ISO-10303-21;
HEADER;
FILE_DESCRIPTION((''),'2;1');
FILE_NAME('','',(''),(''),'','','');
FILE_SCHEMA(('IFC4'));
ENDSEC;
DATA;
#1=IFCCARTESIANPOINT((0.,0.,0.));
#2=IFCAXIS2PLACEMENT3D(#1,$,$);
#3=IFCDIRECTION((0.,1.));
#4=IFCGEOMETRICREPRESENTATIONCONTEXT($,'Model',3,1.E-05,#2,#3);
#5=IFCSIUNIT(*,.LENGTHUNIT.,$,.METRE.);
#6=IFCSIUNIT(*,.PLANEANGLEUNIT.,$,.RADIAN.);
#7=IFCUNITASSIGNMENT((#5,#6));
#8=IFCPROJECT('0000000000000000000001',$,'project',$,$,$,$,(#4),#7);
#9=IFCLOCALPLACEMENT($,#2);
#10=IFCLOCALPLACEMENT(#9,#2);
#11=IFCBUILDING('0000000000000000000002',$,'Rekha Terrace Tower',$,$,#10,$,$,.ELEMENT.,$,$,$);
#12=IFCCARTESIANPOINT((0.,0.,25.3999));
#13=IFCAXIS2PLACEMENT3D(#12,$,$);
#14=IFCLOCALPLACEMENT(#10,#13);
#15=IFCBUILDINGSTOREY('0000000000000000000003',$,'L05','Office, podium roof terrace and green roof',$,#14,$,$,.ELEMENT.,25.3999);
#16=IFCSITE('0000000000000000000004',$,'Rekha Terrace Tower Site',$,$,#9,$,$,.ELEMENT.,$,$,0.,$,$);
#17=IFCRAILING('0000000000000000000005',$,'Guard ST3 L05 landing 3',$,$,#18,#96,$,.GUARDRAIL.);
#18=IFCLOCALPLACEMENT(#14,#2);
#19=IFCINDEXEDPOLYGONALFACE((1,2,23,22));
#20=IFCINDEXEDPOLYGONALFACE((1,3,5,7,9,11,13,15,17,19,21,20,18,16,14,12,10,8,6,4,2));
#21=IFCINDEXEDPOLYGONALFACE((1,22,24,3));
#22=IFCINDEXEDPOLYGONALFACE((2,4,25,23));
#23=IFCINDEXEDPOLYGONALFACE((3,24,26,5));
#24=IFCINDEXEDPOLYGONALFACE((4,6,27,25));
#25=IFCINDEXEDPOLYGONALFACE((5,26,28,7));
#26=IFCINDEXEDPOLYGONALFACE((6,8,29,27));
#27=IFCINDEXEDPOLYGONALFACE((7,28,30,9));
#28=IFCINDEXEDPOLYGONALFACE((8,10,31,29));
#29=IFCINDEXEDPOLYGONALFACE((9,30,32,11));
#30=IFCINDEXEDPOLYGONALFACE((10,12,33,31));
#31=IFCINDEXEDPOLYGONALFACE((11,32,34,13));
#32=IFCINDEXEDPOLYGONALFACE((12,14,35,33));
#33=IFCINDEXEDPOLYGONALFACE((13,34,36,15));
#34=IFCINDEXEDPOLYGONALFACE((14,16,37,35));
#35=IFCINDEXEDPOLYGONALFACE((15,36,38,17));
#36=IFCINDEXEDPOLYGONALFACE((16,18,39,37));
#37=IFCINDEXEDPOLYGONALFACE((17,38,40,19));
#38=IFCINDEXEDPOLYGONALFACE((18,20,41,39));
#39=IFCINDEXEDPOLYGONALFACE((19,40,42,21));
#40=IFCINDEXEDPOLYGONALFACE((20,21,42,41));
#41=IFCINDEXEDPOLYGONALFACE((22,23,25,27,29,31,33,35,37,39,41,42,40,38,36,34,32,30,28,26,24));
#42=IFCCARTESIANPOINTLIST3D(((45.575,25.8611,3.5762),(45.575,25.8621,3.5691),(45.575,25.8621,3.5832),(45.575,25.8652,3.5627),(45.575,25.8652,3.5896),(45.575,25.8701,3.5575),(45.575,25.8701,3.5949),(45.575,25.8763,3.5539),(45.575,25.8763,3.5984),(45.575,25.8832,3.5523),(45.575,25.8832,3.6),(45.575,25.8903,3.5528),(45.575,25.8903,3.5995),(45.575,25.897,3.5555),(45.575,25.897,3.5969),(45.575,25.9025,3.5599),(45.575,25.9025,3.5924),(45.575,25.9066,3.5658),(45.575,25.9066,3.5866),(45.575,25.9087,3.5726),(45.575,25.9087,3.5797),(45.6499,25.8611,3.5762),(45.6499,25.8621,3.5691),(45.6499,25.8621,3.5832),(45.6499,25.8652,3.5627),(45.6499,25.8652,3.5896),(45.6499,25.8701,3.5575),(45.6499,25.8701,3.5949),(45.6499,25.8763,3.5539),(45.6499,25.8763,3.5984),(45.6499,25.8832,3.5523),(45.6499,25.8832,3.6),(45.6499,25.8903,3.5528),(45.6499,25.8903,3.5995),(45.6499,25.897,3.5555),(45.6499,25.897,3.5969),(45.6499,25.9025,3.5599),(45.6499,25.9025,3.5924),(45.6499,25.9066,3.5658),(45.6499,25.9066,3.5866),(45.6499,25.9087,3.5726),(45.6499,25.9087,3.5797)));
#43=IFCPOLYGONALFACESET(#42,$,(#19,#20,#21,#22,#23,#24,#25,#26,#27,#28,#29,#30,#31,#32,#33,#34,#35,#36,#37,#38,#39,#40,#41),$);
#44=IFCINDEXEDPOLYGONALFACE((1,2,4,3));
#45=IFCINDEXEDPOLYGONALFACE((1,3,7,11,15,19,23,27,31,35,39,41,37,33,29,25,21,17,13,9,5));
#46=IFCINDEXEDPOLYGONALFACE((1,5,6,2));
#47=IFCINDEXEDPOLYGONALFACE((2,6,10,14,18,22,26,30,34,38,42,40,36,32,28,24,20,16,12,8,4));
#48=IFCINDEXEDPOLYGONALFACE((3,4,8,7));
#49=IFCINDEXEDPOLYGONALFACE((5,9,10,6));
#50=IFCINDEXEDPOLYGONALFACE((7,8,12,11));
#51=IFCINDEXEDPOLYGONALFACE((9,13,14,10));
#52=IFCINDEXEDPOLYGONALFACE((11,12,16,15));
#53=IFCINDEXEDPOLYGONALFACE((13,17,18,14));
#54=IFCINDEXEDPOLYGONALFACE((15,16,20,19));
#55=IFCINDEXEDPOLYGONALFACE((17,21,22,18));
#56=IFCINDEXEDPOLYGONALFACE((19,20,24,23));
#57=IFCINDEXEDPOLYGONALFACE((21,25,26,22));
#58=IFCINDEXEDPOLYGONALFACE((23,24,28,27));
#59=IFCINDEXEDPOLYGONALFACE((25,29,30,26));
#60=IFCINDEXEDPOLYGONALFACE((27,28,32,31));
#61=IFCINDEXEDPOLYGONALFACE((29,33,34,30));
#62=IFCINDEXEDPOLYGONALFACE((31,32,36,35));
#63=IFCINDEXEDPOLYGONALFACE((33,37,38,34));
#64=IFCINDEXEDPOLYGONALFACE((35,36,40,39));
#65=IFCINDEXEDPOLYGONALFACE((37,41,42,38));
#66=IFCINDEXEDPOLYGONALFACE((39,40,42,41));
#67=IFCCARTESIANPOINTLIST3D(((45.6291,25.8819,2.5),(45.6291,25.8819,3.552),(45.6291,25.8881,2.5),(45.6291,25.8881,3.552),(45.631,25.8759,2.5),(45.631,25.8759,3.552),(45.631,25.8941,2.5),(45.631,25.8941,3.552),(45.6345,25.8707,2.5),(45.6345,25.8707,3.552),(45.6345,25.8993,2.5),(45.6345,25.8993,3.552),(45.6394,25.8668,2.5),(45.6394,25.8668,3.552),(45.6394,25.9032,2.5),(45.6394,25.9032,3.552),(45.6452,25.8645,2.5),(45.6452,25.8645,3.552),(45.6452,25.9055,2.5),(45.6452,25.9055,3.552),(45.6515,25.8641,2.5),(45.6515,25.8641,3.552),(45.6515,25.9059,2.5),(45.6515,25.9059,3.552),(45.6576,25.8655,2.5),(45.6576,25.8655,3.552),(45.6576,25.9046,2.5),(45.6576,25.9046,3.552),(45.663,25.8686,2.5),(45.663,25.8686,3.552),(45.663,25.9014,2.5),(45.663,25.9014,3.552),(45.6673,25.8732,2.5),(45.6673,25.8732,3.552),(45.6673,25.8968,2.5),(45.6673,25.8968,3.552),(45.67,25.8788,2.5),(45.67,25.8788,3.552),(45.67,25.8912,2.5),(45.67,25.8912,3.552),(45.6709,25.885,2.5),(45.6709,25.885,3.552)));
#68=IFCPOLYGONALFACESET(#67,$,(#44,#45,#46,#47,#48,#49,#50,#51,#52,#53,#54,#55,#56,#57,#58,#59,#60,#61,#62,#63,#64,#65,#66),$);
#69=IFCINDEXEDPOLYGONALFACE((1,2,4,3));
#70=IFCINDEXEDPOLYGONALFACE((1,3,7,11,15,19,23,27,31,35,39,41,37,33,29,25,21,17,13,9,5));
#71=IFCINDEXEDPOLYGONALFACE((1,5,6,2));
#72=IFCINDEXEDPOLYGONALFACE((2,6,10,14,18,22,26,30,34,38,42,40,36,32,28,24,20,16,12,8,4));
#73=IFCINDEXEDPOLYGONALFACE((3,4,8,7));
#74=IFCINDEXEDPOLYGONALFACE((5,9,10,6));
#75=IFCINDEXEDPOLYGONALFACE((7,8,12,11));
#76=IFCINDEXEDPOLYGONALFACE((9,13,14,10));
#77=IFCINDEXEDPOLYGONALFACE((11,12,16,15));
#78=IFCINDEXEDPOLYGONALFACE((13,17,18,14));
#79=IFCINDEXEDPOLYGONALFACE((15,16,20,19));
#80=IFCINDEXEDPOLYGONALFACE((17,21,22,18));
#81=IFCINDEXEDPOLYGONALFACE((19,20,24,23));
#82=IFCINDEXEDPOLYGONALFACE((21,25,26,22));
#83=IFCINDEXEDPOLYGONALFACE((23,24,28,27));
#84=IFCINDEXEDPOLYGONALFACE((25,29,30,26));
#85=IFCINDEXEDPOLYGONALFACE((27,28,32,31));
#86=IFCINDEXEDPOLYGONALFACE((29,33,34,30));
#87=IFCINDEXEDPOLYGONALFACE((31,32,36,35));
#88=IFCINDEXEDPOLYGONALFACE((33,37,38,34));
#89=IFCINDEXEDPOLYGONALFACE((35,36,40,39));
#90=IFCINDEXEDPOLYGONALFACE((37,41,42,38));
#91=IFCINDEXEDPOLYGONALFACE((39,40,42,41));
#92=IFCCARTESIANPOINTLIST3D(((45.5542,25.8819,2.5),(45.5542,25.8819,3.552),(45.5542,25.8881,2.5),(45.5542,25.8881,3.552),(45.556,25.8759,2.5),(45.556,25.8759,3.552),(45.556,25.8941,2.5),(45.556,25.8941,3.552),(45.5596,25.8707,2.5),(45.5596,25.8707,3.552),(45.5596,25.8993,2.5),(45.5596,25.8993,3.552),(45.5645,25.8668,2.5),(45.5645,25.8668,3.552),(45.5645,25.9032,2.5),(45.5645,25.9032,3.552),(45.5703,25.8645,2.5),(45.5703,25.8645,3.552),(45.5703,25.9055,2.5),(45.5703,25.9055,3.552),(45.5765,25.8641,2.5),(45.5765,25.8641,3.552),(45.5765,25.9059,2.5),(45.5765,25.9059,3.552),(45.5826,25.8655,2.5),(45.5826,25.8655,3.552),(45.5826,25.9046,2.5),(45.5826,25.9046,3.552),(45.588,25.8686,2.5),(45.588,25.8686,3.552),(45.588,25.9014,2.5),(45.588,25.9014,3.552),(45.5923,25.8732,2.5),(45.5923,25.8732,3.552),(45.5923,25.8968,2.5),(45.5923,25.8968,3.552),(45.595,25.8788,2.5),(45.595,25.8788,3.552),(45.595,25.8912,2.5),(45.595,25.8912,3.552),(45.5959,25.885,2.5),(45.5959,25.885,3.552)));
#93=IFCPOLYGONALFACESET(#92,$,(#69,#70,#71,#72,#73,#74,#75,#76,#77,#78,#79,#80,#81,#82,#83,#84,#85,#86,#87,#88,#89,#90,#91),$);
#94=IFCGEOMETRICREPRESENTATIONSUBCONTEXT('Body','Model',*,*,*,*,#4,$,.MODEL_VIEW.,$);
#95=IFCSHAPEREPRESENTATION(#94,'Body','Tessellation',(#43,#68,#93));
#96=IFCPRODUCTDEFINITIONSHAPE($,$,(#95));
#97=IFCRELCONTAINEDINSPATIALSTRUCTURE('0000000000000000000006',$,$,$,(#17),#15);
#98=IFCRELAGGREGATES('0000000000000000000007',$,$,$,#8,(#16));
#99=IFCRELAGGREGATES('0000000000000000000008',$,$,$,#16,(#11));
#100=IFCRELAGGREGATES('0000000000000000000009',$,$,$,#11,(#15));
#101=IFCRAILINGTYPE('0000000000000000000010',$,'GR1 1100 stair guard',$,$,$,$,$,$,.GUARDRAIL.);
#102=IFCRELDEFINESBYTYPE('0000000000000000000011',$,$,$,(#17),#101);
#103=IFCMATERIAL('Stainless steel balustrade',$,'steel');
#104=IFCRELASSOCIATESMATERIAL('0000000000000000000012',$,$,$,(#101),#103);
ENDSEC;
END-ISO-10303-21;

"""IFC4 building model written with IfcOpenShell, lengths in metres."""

from ifc_helpers import new_model, si_unit, direction, frame, origin, origin_2d, place, context, subcontext, project, spatial, circle, extrude, material, type_object, element, save


model = new_model("IFC4")

# Units and contexts
model_context = context("Model", 3, precision=1e-05, world=origin(), true_north=direction((0.0, 1.0)))
body_context = subcontext(model_context, "Body", "Model", "MODEL_VIEW")
ifc_project = project(units=[si_unit("LENGTHUNIT", "METRE"), si_unit("PLANEANGLEUNIT", "RADIAN")], contexts=[model_context])

# Site, building, storey
site_placement = place(None, origin())
site = spatial("IfcSite", under=ifc_project, at=site_placement, Name="Rekha Terrace Tower Site", CompositionType="ELEMENT", RefElevation=0.0)
building_placement = place(site_placement, origin())
building = spatial("IfcBuilding", under=site, at=building_placement, Name="Rekha Terrace Tower", CompositionType="ELEMENT")
storey_placement = place(building_placement, frame((0.0, 0.0, 25.3999)))
storey = spatial("IfcBuildingStorey", under=building, at=storey_placement, Name="L05", Description="Office, podium roof terrace and green roof", CompositionType="ELEMENT", Elevation=25.3999)

# Railing
ifc_material_1 = material(Name="Stainless steel balustrade", Category="steel")
railing_type_1 = type_object("IfcRailingType", Name="GR1 1100 stair guard", PredefinedType="GUARDRAIL", material=ifc_material_1)
railing_1_placement = place(storey_placement, frame((45.6499, 25.885, 2.5)))
element("IfcRailing", 1, at=railing_1_placement, inside=storey, type_object=railing_type_1, Name="Guard ST3 L05 landing 3", PredefinedType="GUARDRAIL", context=body_context, shape_type="SweptSolid", body=[
    extrude(circle(Radius=0.0239, at=origin_2d()), frame((0.0, 0.0, 1.0762), z_axis=(-1.0, 0.0, 0.0), x_axis=(0.0, -1.0, 0.0)), (0.0, 0.0, 1.0), 0.075),
    extrude(circle(Radius=0.021, at=origin_2d()), origin(), (0.0, 0.0, 1.0), 1.052),
    extrude(circle(Radius=0.021, at=origin_2d()), frame((-0.075, 0.0, 0.0)), (0.0, 0.0, 1.0), 1.052),
])

save(model, "model.ifc")
